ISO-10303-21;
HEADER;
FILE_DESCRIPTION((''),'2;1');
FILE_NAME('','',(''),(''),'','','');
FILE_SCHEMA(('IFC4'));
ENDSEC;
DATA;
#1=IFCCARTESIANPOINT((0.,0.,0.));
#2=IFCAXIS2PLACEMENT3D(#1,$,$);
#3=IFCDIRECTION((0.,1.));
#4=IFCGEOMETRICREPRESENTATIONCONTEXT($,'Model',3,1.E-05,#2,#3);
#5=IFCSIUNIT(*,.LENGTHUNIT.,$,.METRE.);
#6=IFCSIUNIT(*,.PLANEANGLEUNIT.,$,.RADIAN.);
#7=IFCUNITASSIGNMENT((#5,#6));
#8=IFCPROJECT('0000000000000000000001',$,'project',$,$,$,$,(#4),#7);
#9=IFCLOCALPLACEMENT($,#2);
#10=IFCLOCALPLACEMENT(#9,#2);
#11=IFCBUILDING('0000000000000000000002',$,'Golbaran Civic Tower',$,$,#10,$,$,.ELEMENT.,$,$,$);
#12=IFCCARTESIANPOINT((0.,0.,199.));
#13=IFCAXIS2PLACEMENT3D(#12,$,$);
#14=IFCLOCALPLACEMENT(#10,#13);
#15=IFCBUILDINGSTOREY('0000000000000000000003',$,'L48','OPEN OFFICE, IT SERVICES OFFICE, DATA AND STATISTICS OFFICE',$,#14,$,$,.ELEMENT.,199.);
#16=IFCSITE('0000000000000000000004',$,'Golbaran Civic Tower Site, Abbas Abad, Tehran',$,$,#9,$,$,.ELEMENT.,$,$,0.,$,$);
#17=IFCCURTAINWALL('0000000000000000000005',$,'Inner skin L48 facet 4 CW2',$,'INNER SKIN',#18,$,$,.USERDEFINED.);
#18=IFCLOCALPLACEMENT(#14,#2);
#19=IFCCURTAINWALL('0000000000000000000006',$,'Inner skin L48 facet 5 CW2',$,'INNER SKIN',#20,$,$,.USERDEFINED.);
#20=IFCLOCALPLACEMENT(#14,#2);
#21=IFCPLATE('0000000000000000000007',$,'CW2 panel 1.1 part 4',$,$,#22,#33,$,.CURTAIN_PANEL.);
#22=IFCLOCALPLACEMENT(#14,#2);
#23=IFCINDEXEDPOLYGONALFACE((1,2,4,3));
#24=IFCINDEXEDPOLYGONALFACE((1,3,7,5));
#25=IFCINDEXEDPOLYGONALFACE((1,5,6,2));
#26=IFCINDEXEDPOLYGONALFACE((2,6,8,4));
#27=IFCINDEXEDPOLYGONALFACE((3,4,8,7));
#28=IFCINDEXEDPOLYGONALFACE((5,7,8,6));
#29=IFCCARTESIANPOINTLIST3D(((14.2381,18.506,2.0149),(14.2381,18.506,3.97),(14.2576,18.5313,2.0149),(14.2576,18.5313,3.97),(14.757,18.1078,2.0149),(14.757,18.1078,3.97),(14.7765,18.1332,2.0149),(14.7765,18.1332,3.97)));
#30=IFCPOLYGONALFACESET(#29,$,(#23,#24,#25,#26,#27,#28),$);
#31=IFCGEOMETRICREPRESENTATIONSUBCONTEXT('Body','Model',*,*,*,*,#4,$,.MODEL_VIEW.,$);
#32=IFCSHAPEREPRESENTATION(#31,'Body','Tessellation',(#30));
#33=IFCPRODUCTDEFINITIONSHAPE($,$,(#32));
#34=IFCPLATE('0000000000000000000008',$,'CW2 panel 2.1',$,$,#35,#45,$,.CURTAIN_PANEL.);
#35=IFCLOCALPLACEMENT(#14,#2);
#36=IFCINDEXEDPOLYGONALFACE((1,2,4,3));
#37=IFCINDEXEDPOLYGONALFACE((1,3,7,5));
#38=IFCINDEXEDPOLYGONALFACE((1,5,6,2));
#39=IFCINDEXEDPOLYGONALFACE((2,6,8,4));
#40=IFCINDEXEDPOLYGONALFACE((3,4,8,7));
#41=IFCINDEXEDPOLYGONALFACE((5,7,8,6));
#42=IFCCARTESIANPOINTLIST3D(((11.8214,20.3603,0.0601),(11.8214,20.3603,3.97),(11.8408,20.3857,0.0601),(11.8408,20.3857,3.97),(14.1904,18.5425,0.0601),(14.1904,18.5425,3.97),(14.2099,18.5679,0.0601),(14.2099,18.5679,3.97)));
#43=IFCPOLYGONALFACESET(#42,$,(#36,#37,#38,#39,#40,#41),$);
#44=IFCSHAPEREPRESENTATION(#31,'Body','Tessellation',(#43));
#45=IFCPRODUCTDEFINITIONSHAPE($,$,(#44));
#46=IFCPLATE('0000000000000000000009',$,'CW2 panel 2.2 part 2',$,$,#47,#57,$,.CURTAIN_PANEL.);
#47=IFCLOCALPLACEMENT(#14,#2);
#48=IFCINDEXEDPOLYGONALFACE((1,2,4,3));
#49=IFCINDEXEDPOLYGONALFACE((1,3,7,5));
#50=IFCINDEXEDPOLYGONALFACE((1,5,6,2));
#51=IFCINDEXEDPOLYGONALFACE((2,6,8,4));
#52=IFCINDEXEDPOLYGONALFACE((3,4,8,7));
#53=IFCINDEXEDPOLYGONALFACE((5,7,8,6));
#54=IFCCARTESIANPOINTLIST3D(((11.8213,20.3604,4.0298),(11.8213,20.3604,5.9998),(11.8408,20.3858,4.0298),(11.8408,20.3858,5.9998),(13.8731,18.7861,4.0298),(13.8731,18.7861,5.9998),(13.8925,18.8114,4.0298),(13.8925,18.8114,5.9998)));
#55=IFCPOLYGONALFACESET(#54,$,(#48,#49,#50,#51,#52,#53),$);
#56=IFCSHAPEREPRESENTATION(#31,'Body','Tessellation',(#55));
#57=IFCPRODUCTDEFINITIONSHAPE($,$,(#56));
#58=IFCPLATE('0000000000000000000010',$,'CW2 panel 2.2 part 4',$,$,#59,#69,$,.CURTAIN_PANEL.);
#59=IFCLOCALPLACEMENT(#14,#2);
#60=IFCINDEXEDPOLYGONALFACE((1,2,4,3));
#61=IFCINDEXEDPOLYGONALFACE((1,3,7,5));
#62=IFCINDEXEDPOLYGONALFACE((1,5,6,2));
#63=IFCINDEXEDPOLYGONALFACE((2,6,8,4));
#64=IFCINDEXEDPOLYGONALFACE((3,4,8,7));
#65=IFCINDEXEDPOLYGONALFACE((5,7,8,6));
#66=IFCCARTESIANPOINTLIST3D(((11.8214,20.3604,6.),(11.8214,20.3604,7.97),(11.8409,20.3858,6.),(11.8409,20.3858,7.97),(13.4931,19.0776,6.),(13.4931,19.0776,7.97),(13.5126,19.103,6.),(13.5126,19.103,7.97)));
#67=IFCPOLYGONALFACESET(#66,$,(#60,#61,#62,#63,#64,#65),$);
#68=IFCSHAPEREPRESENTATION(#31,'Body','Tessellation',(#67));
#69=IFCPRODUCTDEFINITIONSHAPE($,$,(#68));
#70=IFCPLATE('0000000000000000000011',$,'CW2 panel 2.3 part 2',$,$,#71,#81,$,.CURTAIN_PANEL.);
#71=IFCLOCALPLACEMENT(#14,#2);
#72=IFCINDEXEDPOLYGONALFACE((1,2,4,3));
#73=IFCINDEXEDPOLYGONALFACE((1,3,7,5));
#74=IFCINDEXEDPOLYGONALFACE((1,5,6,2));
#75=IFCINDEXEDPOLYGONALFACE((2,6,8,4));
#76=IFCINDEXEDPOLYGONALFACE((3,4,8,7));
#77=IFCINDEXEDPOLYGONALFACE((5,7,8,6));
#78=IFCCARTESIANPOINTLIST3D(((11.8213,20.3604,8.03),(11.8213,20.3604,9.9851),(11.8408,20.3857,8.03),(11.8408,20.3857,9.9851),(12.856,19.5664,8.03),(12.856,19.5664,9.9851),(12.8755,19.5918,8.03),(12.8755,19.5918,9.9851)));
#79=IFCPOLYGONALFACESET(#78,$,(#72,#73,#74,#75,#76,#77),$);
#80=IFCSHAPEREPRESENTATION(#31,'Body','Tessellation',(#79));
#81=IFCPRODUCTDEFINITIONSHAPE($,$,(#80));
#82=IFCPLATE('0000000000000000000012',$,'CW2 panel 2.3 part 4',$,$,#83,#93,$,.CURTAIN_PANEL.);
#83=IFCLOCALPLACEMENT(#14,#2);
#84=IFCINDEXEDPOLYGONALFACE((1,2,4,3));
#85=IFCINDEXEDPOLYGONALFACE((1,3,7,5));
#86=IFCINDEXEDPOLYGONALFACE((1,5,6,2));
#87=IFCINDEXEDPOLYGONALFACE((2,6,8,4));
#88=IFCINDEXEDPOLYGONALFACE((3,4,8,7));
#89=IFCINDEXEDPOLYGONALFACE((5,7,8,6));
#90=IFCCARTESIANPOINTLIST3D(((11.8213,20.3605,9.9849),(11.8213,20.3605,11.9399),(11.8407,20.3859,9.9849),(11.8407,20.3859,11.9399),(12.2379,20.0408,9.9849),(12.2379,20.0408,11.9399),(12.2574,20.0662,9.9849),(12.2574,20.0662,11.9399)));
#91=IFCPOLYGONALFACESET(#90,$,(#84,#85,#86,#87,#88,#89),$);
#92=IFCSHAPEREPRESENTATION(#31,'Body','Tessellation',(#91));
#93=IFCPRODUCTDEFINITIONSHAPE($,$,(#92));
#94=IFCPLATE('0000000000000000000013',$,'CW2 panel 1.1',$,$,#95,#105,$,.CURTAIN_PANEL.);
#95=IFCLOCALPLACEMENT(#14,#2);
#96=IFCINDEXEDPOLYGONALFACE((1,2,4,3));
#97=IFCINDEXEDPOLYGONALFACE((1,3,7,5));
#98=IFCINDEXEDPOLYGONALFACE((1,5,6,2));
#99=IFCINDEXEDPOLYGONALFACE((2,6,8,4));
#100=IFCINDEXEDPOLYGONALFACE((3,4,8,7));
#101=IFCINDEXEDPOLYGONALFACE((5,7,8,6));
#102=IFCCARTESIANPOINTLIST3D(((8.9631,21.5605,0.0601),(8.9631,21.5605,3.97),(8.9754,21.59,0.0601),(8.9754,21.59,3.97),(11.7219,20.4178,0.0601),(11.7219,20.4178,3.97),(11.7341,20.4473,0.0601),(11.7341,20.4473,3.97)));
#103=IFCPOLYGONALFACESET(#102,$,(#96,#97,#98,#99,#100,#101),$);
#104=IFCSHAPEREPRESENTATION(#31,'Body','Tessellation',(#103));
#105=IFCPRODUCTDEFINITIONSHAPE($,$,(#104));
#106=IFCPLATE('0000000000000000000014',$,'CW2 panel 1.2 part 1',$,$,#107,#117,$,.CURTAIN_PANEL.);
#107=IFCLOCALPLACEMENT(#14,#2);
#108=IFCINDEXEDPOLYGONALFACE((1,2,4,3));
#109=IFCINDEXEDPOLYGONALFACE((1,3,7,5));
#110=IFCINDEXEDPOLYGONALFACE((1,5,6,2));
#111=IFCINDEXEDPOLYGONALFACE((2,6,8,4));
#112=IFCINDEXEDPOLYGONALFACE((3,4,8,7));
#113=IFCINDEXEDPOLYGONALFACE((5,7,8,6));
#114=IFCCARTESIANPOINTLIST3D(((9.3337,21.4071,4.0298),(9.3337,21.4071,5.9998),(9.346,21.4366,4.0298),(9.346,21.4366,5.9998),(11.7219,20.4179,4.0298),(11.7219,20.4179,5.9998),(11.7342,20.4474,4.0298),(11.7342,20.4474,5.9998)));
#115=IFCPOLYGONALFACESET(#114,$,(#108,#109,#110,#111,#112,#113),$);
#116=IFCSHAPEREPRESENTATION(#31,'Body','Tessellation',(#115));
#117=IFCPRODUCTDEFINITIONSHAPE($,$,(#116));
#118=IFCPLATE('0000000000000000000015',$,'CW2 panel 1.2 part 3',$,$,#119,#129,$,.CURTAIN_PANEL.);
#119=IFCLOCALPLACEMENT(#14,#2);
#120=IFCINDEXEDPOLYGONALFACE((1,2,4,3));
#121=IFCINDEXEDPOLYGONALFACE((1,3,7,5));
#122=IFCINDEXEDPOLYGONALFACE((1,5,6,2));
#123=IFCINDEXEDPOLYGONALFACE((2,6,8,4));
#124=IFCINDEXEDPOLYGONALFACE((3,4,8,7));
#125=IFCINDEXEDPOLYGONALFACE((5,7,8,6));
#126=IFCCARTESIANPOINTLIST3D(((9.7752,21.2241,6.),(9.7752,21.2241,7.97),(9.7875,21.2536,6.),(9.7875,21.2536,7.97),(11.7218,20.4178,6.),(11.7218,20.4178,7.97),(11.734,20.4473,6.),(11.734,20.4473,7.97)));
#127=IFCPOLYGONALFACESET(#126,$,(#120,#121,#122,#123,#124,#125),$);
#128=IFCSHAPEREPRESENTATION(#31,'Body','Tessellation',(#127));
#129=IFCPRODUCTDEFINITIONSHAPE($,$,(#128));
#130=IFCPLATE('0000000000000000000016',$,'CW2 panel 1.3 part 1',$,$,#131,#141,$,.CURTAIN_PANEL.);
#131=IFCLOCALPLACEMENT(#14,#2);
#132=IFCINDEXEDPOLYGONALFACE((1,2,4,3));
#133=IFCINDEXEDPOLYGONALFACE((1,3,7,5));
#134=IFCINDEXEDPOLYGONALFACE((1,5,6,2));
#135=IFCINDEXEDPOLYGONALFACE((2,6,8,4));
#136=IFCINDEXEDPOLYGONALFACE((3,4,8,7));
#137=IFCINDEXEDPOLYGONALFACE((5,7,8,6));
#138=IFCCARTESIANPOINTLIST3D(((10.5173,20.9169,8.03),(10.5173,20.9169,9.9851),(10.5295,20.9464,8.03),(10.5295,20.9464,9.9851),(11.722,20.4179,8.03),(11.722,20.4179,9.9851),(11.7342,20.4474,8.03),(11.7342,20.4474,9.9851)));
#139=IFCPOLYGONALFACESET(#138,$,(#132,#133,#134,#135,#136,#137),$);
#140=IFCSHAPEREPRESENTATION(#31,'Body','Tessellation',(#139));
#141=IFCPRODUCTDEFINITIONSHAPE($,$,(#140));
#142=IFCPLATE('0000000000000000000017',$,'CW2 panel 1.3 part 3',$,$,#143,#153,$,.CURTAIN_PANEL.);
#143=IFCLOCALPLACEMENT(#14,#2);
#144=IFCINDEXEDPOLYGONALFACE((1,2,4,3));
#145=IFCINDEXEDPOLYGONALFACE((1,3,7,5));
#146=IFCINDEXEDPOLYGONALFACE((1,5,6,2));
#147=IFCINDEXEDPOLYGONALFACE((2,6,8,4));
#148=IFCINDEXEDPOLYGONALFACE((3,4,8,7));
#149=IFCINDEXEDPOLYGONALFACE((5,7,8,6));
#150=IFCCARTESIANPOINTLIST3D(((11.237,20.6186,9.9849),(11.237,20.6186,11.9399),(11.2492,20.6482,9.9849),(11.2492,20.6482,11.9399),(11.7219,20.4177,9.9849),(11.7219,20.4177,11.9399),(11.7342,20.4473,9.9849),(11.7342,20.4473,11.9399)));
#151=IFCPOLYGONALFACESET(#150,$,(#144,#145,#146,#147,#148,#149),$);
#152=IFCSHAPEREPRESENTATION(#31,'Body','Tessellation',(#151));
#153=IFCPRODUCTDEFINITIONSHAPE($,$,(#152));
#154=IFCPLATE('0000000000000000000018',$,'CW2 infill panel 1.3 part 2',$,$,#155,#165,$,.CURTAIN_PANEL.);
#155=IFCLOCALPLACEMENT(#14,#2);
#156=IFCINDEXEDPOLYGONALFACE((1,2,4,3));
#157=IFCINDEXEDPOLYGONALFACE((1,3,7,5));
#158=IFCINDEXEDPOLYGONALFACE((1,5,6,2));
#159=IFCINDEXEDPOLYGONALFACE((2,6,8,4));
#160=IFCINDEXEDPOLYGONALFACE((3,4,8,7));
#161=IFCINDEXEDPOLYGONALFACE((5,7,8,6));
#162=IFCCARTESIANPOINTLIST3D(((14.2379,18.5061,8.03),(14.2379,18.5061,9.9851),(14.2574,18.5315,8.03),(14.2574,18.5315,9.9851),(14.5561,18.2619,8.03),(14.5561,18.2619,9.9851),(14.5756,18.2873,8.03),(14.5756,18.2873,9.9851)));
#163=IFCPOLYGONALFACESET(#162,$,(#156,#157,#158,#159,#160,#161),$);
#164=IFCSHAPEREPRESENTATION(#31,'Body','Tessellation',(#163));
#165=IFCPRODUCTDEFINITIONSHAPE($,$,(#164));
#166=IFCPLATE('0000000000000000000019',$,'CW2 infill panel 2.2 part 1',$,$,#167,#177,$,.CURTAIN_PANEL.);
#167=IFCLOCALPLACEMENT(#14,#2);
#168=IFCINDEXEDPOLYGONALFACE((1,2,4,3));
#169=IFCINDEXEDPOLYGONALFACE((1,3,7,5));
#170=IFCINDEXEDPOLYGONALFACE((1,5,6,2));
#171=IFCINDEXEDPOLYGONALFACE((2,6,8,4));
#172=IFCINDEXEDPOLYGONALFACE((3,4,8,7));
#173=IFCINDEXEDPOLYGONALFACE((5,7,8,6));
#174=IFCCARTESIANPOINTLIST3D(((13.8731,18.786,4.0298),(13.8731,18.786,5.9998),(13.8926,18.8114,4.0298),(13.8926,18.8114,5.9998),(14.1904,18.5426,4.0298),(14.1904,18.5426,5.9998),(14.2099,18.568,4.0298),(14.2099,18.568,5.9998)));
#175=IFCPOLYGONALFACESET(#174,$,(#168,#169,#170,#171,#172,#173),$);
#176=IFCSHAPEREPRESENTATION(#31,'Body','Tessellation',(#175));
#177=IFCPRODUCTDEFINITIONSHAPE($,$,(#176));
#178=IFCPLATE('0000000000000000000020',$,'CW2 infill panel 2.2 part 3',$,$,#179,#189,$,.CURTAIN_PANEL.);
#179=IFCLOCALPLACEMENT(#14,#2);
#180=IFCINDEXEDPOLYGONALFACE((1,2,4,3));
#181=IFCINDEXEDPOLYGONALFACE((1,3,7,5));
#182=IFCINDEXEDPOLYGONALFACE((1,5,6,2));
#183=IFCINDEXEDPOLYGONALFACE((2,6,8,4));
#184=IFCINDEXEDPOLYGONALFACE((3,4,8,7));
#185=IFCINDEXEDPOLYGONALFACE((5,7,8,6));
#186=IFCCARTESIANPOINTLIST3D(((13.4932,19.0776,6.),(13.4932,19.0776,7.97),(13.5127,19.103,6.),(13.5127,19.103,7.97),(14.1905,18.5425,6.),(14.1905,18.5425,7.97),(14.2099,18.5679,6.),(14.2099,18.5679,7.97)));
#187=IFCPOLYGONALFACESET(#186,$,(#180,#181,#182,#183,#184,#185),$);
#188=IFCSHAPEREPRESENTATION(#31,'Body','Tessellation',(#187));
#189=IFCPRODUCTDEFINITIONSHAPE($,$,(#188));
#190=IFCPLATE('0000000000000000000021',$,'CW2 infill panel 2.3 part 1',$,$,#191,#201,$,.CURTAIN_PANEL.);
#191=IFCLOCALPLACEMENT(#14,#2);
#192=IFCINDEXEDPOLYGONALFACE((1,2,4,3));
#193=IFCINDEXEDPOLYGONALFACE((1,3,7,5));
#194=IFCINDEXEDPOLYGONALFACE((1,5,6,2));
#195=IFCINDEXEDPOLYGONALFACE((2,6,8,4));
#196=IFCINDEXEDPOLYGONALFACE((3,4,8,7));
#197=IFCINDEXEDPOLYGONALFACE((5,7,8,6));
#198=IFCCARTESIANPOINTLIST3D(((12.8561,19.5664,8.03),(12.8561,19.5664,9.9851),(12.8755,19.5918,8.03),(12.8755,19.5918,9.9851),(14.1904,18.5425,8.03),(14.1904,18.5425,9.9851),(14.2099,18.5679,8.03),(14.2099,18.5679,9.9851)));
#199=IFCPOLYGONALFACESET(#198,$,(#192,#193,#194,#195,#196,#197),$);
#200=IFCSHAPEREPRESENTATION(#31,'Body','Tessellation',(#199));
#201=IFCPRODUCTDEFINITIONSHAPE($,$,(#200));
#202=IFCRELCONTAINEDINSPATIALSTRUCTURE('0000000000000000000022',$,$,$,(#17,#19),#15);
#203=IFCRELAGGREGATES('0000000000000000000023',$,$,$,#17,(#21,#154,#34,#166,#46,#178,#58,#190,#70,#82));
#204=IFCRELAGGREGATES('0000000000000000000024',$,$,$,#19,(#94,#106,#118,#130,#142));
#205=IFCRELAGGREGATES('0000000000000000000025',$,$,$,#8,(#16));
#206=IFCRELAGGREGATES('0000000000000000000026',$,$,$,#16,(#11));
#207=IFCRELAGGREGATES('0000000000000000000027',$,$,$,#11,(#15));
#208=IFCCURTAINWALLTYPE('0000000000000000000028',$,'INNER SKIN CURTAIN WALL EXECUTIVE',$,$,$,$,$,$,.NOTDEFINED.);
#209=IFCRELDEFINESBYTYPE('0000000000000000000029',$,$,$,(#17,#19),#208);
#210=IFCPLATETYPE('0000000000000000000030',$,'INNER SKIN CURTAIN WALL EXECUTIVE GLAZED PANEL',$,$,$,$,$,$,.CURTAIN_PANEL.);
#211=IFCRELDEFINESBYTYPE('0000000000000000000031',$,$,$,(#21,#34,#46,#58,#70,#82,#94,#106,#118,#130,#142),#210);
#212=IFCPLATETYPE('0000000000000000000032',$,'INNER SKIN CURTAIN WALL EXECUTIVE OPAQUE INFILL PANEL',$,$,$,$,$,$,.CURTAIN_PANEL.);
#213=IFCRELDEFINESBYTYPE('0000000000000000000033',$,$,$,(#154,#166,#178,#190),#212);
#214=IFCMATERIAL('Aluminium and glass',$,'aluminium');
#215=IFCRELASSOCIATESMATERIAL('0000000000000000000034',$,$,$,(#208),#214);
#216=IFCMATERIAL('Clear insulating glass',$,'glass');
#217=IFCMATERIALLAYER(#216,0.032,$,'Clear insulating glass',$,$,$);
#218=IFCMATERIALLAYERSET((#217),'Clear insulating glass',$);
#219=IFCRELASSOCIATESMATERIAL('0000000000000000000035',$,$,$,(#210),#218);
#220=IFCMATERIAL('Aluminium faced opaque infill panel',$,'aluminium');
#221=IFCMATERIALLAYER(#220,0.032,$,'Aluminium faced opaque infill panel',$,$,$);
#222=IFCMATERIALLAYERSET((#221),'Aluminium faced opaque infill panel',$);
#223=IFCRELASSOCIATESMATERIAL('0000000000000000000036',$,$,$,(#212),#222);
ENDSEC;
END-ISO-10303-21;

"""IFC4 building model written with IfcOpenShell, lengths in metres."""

from ifc_helpers import new_model, si_unit, direction, frame, origin, origin_2d, place, context, subcontext, project, spatial, rectangle, extrude, material, layer, layer_set, type_object, element, aggregate, save


model = new_model("IFC4")

# Units and contexts
model_context = context("Model", 3, precision=1e-05, world=origin(), true_north=direction((0.0, 1.0)))
body_context = subcontext(model_context, "Body", "Model", "MODEL_VIEW")
ifc_project = project(units=[si_unit("LENGTHUNIT", "METRE"), si_unit("PLANEANGLEUNIT", "RADIAN")], contexts=[model_context])

# Site, building, storey
site_placement = place(None, origin())
site = spatial("IfcSite", under=ifc_project, at=site_placement, Name="Golbaran Civic Tower Site, Abbas Abad, Tehran", CompositionType="ELEMENT", RefElevation=0.0)
building_placement = place(site_placement, origin())
building = spatial("IfcBuilding", under=site, at=building_placement, Name="Golbaran Civic Tower", CompositionType="ELEMENT")
storey_placement = place(building_placement, frame((0.0, 0.0, 199.0)))
storey = spatial("IfcBuildingStorey", under=building, at=storey_placement, Name="L48", Description="OPEN OFFICE, IT SERVICES OFFICE, DATA AND STATISTICS OFFICE", CompositionType="ELEMENT", Elevation=199.0)

# Curtain walls
ifc_material_1 = material(Name="Aluminium and glass", Category="aluminium")
curtain_wall_type_1 = type_object("IfcCurtainWallType", Name="INNER SKIN CURTAIN WALL EXECUTIVE", PredefinedType="NOTDEFINED", material=ifc_material_1)
curtain_wall_1_placement = place(storey_placement, origin())
curtain_wall_1 = element("IfcCurtainWall", 1, at=curtain_wall_1_placement, inside=storey, type_object=curtain_wall_type_1, Name="Inner skin L48 facet 4 CW2", ObjectType="INNER SKIN", PredefinedType="USERDEFINED")
curtain_wall_2_placement = place(storey_placement, origin())
curtain_wall_2 = element("IfcCurtainWall", 2, at=curtain_wall_2_placement, inside=storey, type_object=curtain_wall_type_1, Name="Inner skin L48 facet 5 CW2", ObjectType="INNER SKIN", PredefinedType="USERDEFINED")

# Plates
ifc_material_2 = material(Name="Clear insulating glass", Category="glass")
ifc_layer_1 = layer(ifc_material_2, 0.032, Name="Clear insulating glass")
ifc_layer_set_1 = layer_set([ifc_layer_1], Name="Clear insulating glass")
plate_type_1 = type_object("IfcPlateType", Name="INNER SKIN CURTAIN WALL EXECUTIVE GLAZED PANEL", PredefinedType="CURTAIN_PANEL", material=ifc_layer_set_1)
plate_1_placement = place(storey_placement, frame((14.5073, 18.3196, 2.0149), z_axis=(0.0, 0.0, 1.0), x_axis=(-0.793353, 0.608761, 0.0)))
plate_1 = element("IfcPlate", 3, at=plate_1_placement, type_object=plate_type_1, Name="CW2 panel 1.1 part 4", PredefinedType="CURTAIN_PANEL", context=body_context, shape_type="SweptSolid", body=[
    extrude(rectangle(XDim=0.6541, YDim=0.032, at=origin_2d()), origin(), (0.0, 0.0, 1.0), 1.9551),
])
plate_2_placement = place(storey_placement, frame((13.0156, 19.4641, 0.0601), z_axis=(0.0, 0.0, 1.0), x_axis=(-0.793353, 0.608761, 0.0)))
plate_2 = element("IfcPlate", 4, at=plate_2_placement, type_object=plate_type_1, Name="CW2 panel 2.1", PredefinedType="CURTAIN_PANEL", context=body_context, shape_type="SweptSolid", body=[
    extrude(rectangle(XDim=2.9861, YDim=0.032, at=origin_2d()), origin(), (0.0, 0.0, 1.0), 3.9099),
])
plate_3_placement = place(storey_placement, frame((12.8569, 19.5859, 4.0298), z_axis=(0.0, 0.0, 1.0), x_axis=(-0.793353, 0.608761, 0.0)))
plate_3 = element("IfcPlate", 5, at=plate_3_placement, type_object=plate_type_1, Name="CW2 panel 2.2 part 2", PredefinedType="CURTAIN_PANEL", context=body_context, shape_type="SweptSolid", body=[
    extrude(rectangle(XDim=2.5862, YDim=0.032, at=origin_2d()), origin(), (0.0, 0.0, 1.0), 1.97),
])
plate_4_placement = place(storey_placement, frame((12.667, 19.7317, 6.0), z_axis=(0.0, 0.0, 1.0), x_axis=(-0.793353, 0.608761, 0.0)))
plate_4 = element("IfcPlate", 6, at=plate_4_placement, type_object=plate_type_1, Name="CW2 panel 2.2 part 4", PredefinedType="CURTAIN_PANEL", context=body_context, shape_type="SweptSolid", body=[
    extrude(rectangle(XDim=2.1072, YDim=0.032, at=origin_2d()), origin(), (0.0, 0.0, 1.0), 1.97),
])
plate_5_placement = place(storey_placement, frame((12.3484, 19.9761, 8.03), z_axis=(0.0, 0.0, 1.0), x_axis=(-0.793353, 0.608761, 0.0)))
plate_5 = element("IfcPlate", 7, at=plate_5_placement, type_object=plate_type_1, Name="CW2 panel 2.3 part 2", PredefinedType="CURTAIN_PANEL", context=body_context, shape_type="SweptSolid", body=[
    extrude(rectangle(XDim=1.3042, YDim=0.032, at=origin_2d()), origin(), (0.0, 0.0, 1.0), 1.9551),
])
plate_6_placement = place(storey_placement, frame((12.0393, 20.2134, 9.9849), z_axis=(0.0, 0.0, 1.0), x_axis=(-0.793353, 0.608761, 0.0)))
plate_6 = element("IfcPlate", 8, at=plate_6_placement, type_object=plate_type_1, Name="CW2 panel 2.3 part 4", PredefinedType="CURTAIN_PANEL", context=body_context, shape_type="SweptSolid", body=[
    extrude(rectangle(XDim=0.5251, YDim=0.032, at=origin_2d()), origin(), (0.0, 0.0, 1.0), 1.9551),
])
plate_7_placement = place(storey_placement, frame((10.3486, 21.0039, 0.0601), z_axis=(0.0, 0.0, 1.0), x_axis=(-0.92388, 0.382683, 0.0)))
plate_7 = element("IfcPlate", 9, at=plate_7_placement, type_object=plate_type_1, Name="CW2 panel 1.1", PredefinedType="CURTAIN_PANEL", context=body_context, shape_type="SweptSolid", body=[
    extrude(rectangle(XDim=2.9861, YDim=0.032, at=origin_2d()), origin(), (0.0, 0.0, 1.0), 3.9099),
])
plate_8_placement = place(storey_placement, frame((10.5339, 20.9272, 4.0298), z_axis=(0.0, 0.0, 1.0), x_axis=(-0.92388, 0.382683, 0.0)))
plate_8 = element("IfcPlate", 10, at=plate_8_placement, type_object=plate_type_1, Name="CW2 panel 1.2 part 1", PredefinedType="CURTAIN_PANEL", context=body_context, shape_type="SweptSolid", body=[
    extrude(rectangle(XDim=2.585, YDim=0.032, at=origin_2d()), origin(), (0.0, 0.0, 1.0), 1.97),
])
plate_9_placement = place(storey_placement, frame((10.7546, 20.8357, 6.0), z_axis=(0.0, 0.0, 1.0), x_axis=(-0.92388, 0.382683, 0.0)))
plate_9 = element("IfcPlate", 11, at=plate_9_placement, type_object=plate_type_1, Name="CW2 panel 1.2 part 3", PredefinedType="CURTAIN_PANEL", context=body_context, shape_type="SweptSolid", body=[
    extrude(rectangle(XDim=2.1069, YDim=0.032, at=origin_2d()), origin(), (0.0, 0.0, 1.0), 1.97),
])
plate_10_placement = place(storey_placement, frame((11.1257, 20.6821, 8.03), z_axis=(0.0, 0.0, 1.0), x_axis=(-0.92388, 0.382683, 0.0)))
plate_10 = element("IfcPlate", 12, at=plate_10_placement, type_object=plate_type_1, Name="CW2 panel 1.3 part 1", PredefinedType="CURTAIN_PANEL", context=body_context, shape_type="SweptSolid", body=[
    extrude(rectangle(XDim=1.304, YDim=0.032, at=origin_2d()), origin(), (0.0, 0.0, 1.0), 1.9551),
])
plate_11_placement = place(storey_placement, frame((11.4856, 20.533, 9.9849), z_axis=(0.0, 0.0, 1.0), x_axis=(-0.92388, 0.382683, 0.0)))
plate_11 = element("IfcPlate", 13, at=plate_11_placement, type_object=plate_type_1, Name="CW2 panel 1.3 part 3", PredefinedType="CURTAIN_PANEL", context=body_context, shape_type="SweptSolid", body=[
    extrude(rectangle(XDim=0.5249, YDim=0.032, at=origin_2d()), origin(), (0.0, 0.0, 1.0), 1.9551),
])
ifc_material_3 = material(Name="Aluminium faced opaque infill panel", Category="aluminium")
ifc_layer_2 = layer(ifc_material_3, 0.032, Name="Aluminium faced opaque infill panel")
ifc_layer_set_2 = layer_set([ifc_layer_2], Name="Aluminium faced opaque infill panel")
plate_type_2 = type_object("IfcPlateType", Name="INNER SKIN CURTAIN WALL EXECUTIVE OPAQUE INFILL PANEL", PredefinedType="CURTAIN_PANEL", material=ifc_layer_set_2)
plate_12_placement = place(storey_placement, frame((14.4067, 18.3967, 8.03), z_axis=(0.0, 0.0, 1.0), x_axis=(-0.793353, 0.608761, 0.0)))
plate_12 = element("IfcPlate", 14, at=plate_12_placement, type_object=plate_type_2, Name="CW2 infill panel 1.3 part 2", PredefinedType="CURTAIN_PANEL", context=body_context, shape_type="SweptSolid", body=[
    extrude(rectangle(XDim=0.4011, YDim=0.032, at=origin_2d()), origin(), (0.0, 0.0, 1.0), 1.9551),
])
plate_13_placement = place(storey_placement, frame((14.0415, 18.677, 4.0298), z_axis=(0.0, 0.0, 1.0), x_axis=(-0.793353, 0.608761, 0.0)))
plate_13 = element("IfcPlate", 15, at=plate_13_placement, type_object=plate_type_2, Name="CW2 infill panel 2.2 part 1", PredefinedType="CURTAIN_PANEL", context=body_context, shape_type="SweptSolid", body=[
    extrude(rectangle(XDim=0.3999, YDim=0.032, at=origin_2d()), origin(), (0.0, 0.0, 1.0), 1.97),
])
plate_14_placement = place(storey_placement, frame((13.8516, 18.8228, 6.0), z_axis=(0.0, 0.0, 1.0), x_axis=(-0.793353, 0.608761, 0.0)))
plate_14 = element("IfcPlate", 16, at=plate_14_placement, type_object=plate_type_2, Name="CW2 infill panel 2.2 part 3", PredefinedType="CURTAIN_PANEL", context=body_context, shape_type="SweptSolid", body=[
    extrude(rectangle(XDim=0.8789, YDim=0.032, at=origin_2d()), origin(), (0.0, 0.0, 1.0), 1.97),
])
plate_15_placement = place(storey_placement, frame((13.533, 19.0671, 8.03), z_axis=(0.0, 0.0, 1.0), x_axis=(-0.793353, 0.608761, 0.0)))
plate_15 = element("IfcPlate", 17, at=plate_15_placement, type_object=plate_type_2, Name="CW2 infill panel 2.3 part 1", PredefinedType="CURTAIN_PANEL", context=body_context, shape_type="SweptSolid", body=[
    extrude(rectangle(XDim=1.6819, YDim=0.032, at=origin_2d()), origin(), (0.0, 0.0, 1.0), 1.9551),
])
aggregate(curtain_wall_1, [plate_1, plate_12, plate_2, plate_13, plate_3, plate_14, plate_4, plate_15, plate_5, plate_6])
aggregate(curtain_wall_2, [plate_7, plate_8, plate_9, plate_10, plate_11])

save(model, "model.ifc")
